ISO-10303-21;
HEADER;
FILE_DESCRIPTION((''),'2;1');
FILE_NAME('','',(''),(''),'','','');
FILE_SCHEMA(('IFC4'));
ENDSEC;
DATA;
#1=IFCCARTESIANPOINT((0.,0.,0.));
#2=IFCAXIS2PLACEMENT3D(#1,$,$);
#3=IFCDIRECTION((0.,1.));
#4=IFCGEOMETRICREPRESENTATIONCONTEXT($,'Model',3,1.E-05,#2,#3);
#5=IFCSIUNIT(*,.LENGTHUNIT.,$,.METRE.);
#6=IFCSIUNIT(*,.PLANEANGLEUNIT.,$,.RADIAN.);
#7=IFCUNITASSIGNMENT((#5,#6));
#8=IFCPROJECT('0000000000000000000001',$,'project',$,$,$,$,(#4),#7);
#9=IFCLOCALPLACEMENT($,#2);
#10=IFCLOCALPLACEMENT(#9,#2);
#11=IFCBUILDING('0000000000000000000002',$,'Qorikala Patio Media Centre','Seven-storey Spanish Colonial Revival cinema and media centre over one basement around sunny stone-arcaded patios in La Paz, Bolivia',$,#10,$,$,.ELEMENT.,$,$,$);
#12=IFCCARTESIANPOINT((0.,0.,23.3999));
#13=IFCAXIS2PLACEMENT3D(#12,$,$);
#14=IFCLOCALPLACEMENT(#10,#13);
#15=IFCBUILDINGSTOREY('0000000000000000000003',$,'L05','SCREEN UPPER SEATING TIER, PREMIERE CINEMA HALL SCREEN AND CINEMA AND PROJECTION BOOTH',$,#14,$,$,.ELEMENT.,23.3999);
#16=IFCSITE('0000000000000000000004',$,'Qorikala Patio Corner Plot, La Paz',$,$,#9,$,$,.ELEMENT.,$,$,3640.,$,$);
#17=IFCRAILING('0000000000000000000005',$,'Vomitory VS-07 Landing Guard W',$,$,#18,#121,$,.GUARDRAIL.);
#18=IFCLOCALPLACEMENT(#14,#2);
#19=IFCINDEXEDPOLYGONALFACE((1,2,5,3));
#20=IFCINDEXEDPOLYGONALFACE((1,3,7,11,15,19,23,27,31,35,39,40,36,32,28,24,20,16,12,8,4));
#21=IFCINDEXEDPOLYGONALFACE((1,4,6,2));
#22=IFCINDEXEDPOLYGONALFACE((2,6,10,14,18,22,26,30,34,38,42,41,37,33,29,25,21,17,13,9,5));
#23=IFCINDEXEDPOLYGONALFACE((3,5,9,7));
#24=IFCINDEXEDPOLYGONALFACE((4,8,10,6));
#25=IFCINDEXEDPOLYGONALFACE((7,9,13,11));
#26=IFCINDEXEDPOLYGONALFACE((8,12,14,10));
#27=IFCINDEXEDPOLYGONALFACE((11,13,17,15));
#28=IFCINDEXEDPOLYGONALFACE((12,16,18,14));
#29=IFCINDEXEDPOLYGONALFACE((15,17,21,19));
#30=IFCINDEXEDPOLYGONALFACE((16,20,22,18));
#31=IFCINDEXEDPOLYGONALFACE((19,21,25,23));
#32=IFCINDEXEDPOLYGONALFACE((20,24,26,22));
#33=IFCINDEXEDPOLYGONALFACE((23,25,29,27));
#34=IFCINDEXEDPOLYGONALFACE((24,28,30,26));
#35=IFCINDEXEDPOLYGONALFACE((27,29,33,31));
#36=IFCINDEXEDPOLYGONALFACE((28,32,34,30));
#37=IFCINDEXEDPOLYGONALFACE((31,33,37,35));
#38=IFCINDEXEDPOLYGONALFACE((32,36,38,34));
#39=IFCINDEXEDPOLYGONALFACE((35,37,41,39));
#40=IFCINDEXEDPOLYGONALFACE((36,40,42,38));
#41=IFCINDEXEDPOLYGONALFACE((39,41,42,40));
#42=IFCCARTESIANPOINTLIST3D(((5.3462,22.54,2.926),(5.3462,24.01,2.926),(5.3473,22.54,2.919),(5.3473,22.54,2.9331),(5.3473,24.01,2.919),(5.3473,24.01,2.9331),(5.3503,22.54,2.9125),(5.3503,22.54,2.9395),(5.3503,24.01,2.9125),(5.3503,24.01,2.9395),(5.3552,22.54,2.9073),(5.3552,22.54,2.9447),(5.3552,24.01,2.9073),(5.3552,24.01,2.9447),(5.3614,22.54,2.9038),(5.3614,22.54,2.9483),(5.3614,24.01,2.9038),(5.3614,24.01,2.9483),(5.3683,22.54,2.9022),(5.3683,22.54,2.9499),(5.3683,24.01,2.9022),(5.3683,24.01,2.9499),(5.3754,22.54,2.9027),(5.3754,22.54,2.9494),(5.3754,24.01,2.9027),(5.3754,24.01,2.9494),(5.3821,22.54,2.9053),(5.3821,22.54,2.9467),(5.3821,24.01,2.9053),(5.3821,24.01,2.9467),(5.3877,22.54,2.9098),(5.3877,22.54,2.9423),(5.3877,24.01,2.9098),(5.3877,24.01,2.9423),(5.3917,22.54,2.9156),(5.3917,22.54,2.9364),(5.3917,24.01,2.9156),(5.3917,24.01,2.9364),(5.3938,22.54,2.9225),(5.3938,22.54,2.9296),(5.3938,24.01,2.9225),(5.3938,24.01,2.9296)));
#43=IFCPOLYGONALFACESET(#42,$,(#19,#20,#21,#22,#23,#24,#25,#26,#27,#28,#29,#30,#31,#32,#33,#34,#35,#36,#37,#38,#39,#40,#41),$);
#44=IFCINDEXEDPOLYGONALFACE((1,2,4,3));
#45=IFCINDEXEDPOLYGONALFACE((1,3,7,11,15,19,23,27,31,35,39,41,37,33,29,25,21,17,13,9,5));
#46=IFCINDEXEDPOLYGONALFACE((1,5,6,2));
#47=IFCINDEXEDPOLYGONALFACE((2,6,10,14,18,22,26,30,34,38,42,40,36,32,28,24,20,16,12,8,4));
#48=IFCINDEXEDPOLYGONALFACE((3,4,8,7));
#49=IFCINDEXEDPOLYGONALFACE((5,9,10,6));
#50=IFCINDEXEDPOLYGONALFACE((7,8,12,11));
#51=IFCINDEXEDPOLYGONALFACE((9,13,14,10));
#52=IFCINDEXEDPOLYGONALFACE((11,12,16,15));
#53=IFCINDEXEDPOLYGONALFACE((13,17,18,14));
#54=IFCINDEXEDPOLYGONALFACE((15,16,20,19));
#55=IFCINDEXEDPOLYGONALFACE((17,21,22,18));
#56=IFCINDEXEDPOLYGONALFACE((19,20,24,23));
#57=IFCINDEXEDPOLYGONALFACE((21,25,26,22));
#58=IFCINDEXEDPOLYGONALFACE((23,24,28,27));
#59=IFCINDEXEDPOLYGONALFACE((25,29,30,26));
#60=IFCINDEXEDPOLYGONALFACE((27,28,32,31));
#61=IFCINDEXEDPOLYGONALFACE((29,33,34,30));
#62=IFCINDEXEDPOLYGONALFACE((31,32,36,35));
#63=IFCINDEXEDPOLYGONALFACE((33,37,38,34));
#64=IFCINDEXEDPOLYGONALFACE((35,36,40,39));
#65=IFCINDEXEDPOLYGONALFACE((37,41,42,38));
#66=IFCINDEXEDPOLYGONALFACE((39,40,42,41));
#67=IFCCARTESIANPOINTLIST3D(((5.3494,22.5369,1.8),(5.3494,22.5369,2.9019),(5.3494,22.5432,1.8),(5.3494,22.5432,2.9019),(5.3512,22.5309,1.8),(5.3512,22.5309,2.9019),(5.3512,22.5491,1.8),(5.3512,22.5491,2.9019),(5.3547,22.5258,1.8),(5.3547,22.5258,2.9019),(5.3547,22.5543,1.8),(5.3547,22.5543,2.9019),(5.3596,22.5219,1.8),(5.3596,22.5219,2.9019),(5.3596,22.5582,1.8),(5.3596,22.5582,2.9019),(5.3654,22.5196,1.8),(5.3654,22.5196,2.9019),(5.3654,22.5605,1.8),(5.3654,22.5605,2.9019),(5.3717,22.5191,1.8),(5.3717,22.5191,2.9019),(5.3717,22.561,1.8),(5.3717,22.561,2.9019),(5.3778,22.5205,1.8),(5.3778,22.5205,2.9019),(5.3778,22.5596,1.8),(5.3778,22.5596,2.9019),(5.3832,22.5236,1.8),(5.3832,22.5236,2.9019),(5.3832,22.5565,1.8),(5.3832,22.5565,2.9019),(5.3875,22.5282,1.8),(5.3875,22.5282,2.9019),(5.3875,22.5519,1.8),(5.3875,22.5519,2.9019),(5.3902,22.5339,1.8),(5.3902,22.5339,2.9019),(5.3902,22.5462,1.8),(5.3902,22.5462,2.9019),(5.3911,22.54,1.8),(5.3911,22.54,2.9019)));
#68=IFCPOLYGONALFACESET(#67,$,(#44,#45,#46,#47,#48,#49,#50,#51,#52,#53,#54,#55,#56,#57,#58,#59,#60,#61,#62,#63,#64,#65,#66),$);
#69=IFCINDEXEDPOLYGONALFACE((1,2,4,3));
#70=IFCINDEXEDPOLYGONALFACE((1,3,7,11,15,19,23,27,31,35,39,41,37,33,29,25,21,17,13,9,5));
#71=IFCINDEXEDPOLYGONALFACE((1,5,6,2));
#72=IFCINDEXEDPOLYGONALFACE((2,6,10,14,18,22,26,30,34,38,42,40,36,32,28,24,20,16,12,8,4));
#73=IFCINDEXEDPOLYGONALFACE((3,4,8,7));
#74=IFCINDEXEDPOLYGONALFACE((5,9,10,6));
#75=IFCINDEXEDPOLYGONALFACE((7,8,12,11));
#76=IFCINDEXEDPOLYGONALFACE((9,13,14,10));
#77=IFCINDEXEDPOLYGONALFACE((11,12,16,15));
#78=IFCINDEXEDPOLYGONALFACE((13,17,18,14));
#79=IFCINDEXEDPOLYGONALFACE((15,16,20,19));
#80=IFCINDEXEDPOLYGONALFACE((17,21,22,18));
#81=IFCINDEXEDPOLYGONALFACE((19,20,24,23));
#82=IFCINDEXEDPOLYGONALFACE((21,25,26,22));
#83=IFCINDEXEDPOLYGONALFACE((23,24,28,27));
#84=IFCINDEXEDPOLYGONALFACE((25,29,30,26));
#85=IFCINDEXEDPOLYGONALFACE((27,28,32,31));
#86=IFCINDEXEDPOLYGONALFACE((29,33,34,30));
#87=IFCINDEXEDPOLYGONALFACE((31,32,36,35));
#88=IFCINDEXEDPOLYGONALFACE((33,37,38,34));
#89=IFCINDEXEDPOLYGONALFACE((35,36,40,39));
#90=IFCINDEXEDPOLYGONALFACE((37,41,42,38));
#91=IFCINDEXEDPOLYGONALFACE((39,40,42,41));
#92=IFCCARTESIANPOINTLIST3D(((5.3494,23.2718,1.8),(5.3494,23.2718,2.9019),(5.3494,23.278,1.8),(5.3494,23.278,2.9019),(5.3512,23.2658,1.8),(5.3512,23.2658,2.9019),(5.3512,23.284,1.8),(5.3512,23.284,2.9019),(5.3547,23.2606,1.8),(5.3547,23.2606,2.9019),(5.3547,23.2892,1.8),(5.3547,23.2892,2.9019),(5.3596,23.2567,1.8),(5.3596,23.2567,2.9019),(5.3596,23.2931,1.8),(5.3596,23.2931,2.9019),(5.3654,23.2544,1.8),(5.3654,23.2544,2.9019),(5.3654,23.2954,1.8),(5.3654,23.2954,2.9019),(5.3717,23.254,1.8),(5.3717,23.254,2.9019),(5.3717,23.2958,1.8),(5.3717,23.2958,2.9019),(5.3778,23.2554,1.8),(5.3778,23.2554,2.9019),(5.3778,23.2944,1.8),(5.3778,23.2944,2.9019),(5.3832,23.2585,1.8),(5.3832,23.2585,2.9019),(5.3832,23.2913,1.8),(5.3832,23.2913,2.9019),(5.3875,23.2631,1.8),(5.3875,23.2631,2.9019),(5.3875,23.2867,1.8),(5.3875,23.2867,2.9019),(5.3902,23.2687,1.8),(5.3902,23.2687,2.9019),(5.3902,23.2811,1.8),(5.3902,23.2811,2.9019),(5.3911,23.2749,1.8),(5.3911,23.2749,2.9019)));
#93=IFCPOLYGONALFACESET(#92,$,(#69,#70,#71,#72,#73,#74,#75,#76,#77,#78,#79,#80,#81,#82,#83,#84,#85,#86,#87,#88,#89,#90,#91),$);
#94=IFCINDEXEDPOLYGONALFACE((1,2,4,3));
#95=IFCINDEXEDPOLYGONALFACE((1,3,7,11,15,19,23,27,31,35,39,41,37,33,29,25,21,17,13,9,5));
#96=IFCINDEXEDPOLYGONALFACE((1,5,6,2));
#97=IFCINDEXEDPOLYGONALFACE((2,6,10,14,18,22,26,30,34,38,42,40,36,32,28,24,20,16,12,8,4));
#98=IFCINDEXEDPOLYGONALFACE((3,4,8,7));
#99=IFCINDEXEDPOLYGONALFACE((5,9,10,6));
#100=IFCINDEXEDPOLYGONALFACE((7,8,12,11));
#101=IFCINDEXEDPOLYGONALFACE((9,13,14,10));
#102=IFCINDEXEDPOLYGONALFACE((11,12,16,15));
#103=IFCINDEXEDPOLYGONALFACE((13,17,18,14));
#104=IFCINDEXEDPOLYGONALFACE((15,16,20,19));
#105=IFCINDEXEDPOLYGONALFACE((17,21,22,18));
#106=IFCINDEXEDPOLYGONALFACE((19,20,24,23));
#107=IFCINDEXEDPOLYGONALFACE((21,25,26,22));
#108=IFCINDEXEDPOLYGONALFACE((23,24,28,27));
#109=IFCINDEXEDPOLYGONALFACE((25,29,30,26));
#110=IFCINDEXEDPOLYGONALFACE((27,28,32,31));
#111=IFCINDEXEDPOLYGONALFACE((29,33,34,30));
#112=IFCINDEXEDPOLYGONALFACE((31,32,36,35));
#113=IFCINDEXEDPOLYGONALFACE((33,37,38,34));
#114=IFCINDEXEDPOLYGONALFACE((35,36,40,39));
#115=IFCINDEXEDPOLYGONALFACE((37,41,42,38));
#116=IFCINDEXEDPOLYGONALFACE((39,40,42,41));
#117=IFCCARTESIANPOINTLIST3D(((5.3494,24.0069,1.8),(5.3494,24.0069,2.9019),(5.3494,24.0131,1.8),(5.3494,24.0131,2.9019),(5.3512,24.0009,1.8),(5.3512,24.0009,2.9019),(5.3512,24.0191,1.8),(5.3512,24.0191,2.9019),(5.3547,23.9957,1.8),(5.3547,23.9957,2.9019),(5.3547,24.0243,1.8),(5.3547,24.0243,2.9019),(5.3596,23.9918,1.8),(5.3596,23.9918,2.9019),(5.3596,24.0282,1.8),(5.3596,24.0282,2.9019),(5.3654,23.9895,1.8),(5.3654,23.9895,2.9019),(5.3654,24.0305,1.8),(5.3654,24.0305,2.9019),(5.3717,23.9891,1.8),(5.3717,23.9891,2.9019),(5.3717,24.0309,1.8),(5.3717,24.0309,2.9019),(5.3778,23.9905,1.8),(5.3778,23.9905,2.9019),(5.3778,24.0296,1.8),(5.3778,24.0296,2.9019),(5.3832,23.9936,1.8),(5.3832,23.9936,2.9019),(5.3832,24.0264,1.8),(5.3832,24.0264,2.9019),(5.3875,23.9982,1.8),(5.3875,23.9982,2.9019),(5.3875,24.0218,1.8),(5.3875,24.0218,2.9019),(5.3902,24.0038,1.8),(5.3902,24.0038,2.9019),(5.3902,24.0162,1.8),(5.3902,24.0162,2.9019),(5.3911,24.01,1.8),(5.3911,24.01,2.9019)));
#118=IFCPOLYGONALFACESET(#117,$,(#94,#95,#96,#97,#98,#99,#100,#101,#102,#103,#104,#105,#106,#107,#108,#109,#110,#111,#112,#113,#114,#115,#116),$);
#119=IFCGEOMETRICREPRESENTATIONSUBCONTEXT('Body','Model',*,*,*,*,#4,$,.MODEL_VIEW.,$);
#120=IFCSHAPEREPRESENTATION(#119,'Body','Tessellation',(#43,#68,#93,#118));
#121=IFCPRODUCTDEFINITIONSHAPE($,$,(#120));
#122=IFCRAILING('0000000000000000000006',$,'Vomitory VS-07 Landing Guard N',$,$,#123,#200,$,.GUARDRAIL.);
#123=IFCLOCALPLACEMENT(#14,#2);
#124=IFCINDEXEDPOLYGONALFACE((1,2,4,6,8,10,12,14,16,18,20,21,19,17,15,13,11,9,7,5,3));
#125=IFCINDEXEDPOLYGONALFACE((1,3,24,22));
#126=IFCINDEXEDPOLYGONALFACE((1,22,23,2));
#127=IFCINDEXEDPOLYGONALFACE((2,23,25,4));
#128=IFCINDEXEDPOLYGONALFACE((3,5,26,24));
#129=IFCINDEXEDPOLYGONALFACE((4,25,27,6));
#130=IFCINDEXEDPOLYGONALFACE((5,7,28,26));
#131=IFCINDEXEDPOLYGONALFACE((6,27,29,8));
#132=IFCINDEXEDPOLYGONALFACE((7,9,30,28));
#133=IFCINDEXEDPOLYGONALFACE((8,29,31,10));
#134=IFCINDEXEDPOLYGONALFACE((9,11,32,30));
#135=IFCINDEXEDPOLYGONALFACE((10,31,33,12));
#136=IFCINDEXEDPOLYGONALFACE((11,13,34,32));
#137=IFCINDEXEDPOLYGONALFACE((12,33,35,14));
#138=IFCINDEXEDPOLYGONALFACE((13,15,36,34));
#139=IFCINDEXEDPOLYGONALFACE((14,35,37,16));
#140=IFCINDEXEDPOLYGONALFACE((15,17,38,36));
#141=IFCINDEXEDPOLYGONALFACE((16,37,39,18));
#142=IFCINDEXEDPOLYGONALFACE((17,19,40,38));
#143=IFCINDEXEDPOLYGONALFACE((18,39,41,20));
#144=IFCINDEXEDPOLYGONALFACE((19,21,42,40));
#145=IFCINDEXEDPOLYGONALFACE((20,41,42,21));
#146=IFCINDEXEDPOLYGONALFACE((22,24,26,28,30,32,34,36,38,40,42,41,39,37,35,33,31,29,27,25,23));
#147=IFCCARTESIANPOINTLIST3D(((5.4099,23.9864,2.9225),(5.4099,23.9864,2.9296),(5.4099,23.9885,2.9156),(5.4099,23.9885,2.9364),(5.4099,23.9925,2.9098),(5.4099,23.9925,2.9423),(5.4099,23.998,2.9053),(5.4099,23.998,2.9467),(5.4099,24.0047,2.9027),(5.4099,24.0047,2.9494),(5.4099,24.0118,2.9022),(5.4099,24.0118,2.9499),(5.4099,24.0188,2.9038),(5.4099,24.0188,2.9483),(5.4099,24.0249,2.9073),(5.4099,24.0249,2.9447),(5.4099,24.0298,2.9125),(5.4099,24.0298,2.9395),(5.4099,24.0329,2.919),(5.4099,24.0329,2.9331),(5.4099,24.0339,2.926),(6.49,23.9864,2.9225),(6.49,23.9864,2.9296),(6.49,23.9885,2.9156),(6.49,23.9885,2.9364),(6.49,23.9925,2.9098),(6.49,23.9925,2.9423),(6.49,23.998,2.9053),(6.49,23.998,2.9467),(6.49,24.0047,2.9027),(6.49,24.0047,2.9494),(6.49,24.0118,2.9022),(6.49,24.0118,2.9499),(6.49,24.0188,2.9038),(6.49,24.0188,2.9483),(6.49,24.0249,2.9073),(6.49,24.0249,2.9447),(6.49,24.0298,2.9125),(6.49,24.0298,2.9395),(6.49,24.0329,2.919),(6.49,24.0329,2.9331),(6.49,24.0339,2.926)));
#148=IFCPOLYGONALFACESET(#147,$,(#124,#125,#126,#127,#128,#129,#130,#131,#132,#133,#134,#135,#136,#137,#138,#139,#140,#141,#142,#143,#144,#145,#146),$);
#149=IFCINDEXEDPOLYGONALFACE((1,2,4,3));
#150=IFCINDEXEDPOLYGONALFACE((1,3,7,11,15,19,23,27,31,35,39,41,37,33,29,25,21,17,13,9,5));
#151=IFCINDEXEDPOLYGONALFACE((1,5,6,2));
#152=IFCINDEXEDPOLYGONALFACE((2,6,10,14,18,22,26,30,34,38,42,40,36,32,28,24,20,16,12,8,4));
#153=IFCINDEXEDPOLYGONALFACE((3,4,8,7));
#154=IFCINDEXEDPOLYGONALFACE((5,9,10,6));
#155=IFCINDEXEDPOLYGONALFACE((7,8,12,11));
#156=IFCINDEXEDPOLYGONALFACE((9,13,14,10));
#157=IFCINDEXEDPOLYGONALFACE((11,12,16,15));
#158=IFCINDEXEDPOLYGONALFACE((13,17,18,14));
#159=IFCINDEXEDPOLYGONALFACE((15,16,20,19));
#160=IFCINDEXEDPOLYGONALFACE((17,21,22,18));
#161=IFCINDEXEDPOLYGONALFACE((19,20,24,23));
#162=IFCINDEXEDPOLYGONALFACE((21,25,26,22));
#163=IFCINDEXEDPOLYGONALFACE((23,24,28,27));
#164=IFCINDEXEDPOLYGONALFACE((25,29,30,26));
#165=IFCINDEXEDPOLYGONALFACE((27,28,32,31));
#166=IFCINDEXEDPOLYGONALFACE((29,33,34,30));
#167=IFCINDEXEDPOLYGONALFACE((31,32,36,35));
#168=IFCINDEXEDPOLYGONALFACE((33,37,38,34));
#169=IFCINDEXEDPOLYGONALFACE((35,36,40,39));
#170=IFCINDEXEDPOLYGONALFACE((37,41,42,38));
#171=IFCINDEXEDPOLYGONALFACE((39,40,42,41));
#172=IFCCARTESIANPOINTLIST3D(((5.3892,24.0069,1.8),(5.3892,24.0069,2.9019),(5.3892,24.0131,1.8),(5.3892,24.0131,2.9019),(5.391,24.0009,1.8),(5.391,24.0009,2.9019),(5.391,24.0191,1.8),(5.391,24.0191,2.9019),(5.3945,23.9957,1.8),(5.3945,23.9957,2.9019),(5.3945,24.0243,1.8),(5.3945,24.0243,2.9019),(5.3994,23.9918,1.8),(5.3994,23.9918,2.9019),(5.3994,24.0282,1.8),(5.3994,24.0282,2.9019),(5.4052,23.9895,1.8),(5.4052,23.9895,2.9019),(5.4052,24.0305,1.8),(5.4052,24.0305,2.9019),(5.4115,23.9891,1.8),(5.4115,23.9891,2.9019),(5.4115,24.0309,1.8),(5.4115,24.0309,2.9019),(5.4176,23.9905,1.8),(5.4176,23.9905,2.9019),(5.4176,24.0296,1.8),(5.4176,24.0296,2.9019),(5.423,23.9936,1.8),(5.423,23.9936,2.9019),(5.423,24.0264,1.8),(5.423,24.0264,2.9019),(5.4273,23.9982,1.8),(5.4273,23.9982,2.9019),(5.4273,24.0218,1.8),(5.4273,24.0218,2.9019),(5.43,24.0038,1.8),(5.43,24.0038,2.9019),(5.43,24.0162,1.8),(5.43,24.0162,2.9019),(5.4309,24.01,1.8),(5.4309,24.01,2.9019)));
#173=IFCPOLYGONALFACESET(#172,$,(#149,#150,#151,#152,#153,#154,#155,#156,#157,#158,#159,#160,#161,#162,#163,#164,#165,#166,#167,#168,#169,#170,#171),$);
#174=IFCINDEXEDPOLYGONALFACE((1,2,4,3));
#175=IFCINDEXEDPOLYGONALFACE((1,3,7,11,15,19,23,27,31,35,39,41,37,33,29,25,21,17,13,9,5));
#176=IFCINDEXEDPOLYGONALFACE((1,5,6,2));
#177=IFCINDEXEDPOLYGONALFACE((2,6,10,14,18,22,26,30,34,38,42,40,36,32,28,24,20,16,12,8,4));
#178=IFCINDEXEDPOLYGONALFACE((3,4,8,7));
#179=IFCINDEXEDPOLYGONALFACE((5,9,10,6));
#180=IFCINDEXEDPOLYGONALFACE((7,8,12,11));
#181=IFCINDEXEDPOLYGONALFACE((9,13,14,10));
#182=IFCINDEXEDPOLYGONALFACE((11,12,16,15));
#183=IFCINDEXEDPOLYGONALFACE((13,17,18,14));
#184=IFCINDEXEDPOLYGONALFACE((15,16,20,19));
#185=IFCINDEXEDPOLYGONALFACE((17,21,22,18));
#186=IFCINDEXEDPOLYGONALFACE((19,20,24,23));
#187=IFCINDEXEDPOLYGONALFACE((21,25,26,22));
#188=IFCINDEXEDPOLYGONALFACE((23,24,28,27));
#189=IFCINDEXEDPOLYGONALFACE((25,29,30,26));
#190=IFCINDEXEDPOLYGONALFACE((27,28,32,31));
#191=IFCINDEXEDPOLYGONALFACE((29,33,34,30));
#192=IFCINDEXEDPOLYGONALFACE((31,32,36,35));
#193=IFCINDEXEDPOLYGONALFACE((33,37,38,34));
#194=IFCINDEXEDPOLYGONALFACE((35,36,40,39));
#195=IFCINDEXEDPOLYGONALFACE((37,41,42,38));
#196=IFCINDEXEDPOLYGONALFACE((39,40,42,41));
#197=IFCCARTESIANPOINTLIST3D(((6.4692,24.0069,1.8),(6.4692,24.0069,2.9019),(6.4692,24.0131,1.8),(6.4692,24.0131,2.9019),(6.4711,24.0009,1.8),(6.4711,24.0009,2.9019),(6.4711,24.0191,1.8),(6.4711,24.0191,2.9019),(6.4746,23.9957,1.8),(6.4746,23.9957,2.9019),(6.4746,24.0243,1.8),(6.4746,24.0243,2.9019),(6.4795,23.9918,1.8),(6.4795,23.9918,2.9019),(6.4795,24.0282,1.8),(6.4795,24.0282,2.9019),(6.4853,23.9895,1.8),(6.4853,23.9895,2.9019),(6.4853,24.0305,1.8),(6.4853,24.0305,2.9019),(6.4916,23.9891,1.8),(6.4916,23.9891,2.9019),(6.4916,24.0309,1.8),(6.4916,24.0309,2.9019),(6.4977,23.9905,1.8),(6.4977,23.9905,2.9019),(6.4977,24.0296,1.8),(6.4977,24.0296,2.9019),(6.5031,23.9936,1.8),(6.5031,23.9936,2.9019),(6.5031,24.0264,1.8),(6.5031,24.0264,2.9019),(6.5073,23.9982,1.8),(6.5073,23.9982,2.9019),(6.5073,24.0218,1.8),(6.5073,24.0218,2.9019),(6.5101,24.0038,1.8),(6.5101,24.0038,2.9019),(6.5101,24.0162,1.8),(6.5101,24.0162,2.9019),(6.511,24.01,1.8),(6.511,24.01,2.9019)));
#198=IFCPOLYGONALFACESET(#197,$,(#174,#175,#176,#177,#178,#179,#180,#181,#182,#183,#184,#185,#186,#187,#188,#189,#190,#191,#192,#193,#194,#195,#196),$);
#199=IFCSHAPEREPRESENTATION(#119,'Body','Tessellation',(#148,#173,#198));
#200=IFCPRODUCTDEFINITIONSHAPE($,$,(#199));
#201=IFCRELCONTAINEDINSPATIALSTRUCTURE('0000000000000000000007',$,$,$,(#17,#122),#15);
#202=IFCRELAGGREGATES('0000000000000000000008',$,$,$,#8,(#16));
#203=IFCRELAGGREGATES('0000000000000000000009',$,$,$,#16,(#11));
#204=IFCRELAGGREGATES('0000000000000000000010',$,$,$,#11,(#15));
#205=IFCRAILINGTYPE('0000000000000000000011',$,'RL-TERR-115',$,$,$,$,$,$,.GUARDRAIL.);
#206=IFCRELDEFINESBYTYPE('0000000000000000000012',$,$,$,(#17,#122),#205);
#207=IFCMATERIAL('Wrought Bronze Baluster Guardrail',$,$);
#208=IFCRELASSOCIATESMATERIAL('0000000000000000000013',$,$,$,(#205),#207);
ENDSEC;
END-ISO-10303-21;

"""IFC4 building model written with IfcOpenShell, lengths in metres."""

from ifc_helpers import new_model, si_unit, direction, frame, origin, origin_2d, place, context, subcontext, project, spatial, circle, extrude, material, type_object, element, save


model = new_model("IFC4")

# Units and contexts
model_context = context("Model", 3, precision=1e-05, world=origin(), true_north=direction((0.0, 1.0)))
body_context = subcontext(model_context, "Body", "Model", "MODEL_VIEW")
ifc_project = project(units=[si_unit("LENGTHUNIT", "METRE"), si_unit("PLANEANGLEUNIT", "RADIAN")], contexts=[model_context])

# Site, building, storey
site_placement = place(None, origin())
site = spatial("IfcSite", under=ifc_project, at=site_placement, Name="Qorikala Patio Corner Plot, La Paz", CompositionType="ELEMENT", RefElevation=3640.0)
building_placement = place(site_placement, origin())
building = spatial("IfcBuilding", under=site, at=building_placement, Name="Qorikala Patio Media Centre", Description="Seven-storey Spanish Colonial Revival cinema and media centre over one basement around sunny stone-arcaded patios in La Paz, Bolivia", CompositionType="ELEMENT")
storey_placement = place(building_placement, frame((0.0, 0.0, 23.3999)))
storey = spatial("IfcBuildingStorey", under=building, at=storey_placement, Name="L05", Description="SCREEN UPPER SEATING TIER, PREMIERE CINEMA HALL SCREEN AND CINEMA AND PROJECTION BOOTH", CompositionType="ELEMENT", Elevation=23.3999)

# Railings
ifc_material_1 = material(Name="Wrought Bronze Baluster Guardrail")
railing_type_1 = type_object("IfcRailingType", Name="RL-TERR-115", PredefinedType="GUARDRAIL", material=ifc_material_1)
railing_1_placement = place(storey_placement, frame((5.3701, 22.54, 1.8)))
element("IfcRailing", 1, at=railing_1_placement, inside=storey, type_object=railing_type_1, Name="Vomitory VS-07 Landing Guard W", PredefinedType="GUARDRAIL", context=body_context, shape_type="SweptSolid", body=[
    extrude(circle(Radius=0.0239, at=origin_2d()), frame((0.0, 0.0, 1.126), z_axis=(0.0, 1.0, 0.0), x_axis=(-1.0, 0.0, 0.0)), (0.0, 0.0, 1.0), 1.47),
    extrude(circle(Radius=0.021, at=origin_2d()), origin(), (0.0, 0.0, 1.0), 1.1018),
    extrude(circle(Radius=0.021, at=origin_2d()), frame((0.0, 0.7349, 0.0)), (0.0, 0.0, 1.0), 1.1018),
    extrude(circle(Radius=0.021, at=origin_2d()), frame((0.0, 1.47, 0.0)), (0.0, 0.0, 1.0), 1.1018),
])
railing_2_placement = place(storey_placement, frame((5.4099, 24.01, 1.8)))
element("IfcRailing", 2, at=railing_2_placement, inside=storey, type_object=railing_type_1, Name="Vomitory VS-07 Landing Guard N", PredefinedType="GUARDRAIL", context=body_context, shape_type="SweptSolid", body=[
    extrude(circle(Radius=0.0239, at=origin_2d()), frame((0.0, 0.0, 1.126), z_axis=(1.0, 0.0, 0.0), x_axis=(0.0, 1.0, 0.0)), (0.0, 0.0, 1.0), 1.0801),
    extrude(circle(Radius=0.021, at=origin_2d()), origin(), (0.0, 0.0, 1.0), 1.1018),
    extrude(circle(Radius=0.021, at=origin_2d()), frame((1.0801, 0.0, 0.0)), (0.0, 0.0, 1.0), 1.1018),
])

save(model, "model.ifc")
